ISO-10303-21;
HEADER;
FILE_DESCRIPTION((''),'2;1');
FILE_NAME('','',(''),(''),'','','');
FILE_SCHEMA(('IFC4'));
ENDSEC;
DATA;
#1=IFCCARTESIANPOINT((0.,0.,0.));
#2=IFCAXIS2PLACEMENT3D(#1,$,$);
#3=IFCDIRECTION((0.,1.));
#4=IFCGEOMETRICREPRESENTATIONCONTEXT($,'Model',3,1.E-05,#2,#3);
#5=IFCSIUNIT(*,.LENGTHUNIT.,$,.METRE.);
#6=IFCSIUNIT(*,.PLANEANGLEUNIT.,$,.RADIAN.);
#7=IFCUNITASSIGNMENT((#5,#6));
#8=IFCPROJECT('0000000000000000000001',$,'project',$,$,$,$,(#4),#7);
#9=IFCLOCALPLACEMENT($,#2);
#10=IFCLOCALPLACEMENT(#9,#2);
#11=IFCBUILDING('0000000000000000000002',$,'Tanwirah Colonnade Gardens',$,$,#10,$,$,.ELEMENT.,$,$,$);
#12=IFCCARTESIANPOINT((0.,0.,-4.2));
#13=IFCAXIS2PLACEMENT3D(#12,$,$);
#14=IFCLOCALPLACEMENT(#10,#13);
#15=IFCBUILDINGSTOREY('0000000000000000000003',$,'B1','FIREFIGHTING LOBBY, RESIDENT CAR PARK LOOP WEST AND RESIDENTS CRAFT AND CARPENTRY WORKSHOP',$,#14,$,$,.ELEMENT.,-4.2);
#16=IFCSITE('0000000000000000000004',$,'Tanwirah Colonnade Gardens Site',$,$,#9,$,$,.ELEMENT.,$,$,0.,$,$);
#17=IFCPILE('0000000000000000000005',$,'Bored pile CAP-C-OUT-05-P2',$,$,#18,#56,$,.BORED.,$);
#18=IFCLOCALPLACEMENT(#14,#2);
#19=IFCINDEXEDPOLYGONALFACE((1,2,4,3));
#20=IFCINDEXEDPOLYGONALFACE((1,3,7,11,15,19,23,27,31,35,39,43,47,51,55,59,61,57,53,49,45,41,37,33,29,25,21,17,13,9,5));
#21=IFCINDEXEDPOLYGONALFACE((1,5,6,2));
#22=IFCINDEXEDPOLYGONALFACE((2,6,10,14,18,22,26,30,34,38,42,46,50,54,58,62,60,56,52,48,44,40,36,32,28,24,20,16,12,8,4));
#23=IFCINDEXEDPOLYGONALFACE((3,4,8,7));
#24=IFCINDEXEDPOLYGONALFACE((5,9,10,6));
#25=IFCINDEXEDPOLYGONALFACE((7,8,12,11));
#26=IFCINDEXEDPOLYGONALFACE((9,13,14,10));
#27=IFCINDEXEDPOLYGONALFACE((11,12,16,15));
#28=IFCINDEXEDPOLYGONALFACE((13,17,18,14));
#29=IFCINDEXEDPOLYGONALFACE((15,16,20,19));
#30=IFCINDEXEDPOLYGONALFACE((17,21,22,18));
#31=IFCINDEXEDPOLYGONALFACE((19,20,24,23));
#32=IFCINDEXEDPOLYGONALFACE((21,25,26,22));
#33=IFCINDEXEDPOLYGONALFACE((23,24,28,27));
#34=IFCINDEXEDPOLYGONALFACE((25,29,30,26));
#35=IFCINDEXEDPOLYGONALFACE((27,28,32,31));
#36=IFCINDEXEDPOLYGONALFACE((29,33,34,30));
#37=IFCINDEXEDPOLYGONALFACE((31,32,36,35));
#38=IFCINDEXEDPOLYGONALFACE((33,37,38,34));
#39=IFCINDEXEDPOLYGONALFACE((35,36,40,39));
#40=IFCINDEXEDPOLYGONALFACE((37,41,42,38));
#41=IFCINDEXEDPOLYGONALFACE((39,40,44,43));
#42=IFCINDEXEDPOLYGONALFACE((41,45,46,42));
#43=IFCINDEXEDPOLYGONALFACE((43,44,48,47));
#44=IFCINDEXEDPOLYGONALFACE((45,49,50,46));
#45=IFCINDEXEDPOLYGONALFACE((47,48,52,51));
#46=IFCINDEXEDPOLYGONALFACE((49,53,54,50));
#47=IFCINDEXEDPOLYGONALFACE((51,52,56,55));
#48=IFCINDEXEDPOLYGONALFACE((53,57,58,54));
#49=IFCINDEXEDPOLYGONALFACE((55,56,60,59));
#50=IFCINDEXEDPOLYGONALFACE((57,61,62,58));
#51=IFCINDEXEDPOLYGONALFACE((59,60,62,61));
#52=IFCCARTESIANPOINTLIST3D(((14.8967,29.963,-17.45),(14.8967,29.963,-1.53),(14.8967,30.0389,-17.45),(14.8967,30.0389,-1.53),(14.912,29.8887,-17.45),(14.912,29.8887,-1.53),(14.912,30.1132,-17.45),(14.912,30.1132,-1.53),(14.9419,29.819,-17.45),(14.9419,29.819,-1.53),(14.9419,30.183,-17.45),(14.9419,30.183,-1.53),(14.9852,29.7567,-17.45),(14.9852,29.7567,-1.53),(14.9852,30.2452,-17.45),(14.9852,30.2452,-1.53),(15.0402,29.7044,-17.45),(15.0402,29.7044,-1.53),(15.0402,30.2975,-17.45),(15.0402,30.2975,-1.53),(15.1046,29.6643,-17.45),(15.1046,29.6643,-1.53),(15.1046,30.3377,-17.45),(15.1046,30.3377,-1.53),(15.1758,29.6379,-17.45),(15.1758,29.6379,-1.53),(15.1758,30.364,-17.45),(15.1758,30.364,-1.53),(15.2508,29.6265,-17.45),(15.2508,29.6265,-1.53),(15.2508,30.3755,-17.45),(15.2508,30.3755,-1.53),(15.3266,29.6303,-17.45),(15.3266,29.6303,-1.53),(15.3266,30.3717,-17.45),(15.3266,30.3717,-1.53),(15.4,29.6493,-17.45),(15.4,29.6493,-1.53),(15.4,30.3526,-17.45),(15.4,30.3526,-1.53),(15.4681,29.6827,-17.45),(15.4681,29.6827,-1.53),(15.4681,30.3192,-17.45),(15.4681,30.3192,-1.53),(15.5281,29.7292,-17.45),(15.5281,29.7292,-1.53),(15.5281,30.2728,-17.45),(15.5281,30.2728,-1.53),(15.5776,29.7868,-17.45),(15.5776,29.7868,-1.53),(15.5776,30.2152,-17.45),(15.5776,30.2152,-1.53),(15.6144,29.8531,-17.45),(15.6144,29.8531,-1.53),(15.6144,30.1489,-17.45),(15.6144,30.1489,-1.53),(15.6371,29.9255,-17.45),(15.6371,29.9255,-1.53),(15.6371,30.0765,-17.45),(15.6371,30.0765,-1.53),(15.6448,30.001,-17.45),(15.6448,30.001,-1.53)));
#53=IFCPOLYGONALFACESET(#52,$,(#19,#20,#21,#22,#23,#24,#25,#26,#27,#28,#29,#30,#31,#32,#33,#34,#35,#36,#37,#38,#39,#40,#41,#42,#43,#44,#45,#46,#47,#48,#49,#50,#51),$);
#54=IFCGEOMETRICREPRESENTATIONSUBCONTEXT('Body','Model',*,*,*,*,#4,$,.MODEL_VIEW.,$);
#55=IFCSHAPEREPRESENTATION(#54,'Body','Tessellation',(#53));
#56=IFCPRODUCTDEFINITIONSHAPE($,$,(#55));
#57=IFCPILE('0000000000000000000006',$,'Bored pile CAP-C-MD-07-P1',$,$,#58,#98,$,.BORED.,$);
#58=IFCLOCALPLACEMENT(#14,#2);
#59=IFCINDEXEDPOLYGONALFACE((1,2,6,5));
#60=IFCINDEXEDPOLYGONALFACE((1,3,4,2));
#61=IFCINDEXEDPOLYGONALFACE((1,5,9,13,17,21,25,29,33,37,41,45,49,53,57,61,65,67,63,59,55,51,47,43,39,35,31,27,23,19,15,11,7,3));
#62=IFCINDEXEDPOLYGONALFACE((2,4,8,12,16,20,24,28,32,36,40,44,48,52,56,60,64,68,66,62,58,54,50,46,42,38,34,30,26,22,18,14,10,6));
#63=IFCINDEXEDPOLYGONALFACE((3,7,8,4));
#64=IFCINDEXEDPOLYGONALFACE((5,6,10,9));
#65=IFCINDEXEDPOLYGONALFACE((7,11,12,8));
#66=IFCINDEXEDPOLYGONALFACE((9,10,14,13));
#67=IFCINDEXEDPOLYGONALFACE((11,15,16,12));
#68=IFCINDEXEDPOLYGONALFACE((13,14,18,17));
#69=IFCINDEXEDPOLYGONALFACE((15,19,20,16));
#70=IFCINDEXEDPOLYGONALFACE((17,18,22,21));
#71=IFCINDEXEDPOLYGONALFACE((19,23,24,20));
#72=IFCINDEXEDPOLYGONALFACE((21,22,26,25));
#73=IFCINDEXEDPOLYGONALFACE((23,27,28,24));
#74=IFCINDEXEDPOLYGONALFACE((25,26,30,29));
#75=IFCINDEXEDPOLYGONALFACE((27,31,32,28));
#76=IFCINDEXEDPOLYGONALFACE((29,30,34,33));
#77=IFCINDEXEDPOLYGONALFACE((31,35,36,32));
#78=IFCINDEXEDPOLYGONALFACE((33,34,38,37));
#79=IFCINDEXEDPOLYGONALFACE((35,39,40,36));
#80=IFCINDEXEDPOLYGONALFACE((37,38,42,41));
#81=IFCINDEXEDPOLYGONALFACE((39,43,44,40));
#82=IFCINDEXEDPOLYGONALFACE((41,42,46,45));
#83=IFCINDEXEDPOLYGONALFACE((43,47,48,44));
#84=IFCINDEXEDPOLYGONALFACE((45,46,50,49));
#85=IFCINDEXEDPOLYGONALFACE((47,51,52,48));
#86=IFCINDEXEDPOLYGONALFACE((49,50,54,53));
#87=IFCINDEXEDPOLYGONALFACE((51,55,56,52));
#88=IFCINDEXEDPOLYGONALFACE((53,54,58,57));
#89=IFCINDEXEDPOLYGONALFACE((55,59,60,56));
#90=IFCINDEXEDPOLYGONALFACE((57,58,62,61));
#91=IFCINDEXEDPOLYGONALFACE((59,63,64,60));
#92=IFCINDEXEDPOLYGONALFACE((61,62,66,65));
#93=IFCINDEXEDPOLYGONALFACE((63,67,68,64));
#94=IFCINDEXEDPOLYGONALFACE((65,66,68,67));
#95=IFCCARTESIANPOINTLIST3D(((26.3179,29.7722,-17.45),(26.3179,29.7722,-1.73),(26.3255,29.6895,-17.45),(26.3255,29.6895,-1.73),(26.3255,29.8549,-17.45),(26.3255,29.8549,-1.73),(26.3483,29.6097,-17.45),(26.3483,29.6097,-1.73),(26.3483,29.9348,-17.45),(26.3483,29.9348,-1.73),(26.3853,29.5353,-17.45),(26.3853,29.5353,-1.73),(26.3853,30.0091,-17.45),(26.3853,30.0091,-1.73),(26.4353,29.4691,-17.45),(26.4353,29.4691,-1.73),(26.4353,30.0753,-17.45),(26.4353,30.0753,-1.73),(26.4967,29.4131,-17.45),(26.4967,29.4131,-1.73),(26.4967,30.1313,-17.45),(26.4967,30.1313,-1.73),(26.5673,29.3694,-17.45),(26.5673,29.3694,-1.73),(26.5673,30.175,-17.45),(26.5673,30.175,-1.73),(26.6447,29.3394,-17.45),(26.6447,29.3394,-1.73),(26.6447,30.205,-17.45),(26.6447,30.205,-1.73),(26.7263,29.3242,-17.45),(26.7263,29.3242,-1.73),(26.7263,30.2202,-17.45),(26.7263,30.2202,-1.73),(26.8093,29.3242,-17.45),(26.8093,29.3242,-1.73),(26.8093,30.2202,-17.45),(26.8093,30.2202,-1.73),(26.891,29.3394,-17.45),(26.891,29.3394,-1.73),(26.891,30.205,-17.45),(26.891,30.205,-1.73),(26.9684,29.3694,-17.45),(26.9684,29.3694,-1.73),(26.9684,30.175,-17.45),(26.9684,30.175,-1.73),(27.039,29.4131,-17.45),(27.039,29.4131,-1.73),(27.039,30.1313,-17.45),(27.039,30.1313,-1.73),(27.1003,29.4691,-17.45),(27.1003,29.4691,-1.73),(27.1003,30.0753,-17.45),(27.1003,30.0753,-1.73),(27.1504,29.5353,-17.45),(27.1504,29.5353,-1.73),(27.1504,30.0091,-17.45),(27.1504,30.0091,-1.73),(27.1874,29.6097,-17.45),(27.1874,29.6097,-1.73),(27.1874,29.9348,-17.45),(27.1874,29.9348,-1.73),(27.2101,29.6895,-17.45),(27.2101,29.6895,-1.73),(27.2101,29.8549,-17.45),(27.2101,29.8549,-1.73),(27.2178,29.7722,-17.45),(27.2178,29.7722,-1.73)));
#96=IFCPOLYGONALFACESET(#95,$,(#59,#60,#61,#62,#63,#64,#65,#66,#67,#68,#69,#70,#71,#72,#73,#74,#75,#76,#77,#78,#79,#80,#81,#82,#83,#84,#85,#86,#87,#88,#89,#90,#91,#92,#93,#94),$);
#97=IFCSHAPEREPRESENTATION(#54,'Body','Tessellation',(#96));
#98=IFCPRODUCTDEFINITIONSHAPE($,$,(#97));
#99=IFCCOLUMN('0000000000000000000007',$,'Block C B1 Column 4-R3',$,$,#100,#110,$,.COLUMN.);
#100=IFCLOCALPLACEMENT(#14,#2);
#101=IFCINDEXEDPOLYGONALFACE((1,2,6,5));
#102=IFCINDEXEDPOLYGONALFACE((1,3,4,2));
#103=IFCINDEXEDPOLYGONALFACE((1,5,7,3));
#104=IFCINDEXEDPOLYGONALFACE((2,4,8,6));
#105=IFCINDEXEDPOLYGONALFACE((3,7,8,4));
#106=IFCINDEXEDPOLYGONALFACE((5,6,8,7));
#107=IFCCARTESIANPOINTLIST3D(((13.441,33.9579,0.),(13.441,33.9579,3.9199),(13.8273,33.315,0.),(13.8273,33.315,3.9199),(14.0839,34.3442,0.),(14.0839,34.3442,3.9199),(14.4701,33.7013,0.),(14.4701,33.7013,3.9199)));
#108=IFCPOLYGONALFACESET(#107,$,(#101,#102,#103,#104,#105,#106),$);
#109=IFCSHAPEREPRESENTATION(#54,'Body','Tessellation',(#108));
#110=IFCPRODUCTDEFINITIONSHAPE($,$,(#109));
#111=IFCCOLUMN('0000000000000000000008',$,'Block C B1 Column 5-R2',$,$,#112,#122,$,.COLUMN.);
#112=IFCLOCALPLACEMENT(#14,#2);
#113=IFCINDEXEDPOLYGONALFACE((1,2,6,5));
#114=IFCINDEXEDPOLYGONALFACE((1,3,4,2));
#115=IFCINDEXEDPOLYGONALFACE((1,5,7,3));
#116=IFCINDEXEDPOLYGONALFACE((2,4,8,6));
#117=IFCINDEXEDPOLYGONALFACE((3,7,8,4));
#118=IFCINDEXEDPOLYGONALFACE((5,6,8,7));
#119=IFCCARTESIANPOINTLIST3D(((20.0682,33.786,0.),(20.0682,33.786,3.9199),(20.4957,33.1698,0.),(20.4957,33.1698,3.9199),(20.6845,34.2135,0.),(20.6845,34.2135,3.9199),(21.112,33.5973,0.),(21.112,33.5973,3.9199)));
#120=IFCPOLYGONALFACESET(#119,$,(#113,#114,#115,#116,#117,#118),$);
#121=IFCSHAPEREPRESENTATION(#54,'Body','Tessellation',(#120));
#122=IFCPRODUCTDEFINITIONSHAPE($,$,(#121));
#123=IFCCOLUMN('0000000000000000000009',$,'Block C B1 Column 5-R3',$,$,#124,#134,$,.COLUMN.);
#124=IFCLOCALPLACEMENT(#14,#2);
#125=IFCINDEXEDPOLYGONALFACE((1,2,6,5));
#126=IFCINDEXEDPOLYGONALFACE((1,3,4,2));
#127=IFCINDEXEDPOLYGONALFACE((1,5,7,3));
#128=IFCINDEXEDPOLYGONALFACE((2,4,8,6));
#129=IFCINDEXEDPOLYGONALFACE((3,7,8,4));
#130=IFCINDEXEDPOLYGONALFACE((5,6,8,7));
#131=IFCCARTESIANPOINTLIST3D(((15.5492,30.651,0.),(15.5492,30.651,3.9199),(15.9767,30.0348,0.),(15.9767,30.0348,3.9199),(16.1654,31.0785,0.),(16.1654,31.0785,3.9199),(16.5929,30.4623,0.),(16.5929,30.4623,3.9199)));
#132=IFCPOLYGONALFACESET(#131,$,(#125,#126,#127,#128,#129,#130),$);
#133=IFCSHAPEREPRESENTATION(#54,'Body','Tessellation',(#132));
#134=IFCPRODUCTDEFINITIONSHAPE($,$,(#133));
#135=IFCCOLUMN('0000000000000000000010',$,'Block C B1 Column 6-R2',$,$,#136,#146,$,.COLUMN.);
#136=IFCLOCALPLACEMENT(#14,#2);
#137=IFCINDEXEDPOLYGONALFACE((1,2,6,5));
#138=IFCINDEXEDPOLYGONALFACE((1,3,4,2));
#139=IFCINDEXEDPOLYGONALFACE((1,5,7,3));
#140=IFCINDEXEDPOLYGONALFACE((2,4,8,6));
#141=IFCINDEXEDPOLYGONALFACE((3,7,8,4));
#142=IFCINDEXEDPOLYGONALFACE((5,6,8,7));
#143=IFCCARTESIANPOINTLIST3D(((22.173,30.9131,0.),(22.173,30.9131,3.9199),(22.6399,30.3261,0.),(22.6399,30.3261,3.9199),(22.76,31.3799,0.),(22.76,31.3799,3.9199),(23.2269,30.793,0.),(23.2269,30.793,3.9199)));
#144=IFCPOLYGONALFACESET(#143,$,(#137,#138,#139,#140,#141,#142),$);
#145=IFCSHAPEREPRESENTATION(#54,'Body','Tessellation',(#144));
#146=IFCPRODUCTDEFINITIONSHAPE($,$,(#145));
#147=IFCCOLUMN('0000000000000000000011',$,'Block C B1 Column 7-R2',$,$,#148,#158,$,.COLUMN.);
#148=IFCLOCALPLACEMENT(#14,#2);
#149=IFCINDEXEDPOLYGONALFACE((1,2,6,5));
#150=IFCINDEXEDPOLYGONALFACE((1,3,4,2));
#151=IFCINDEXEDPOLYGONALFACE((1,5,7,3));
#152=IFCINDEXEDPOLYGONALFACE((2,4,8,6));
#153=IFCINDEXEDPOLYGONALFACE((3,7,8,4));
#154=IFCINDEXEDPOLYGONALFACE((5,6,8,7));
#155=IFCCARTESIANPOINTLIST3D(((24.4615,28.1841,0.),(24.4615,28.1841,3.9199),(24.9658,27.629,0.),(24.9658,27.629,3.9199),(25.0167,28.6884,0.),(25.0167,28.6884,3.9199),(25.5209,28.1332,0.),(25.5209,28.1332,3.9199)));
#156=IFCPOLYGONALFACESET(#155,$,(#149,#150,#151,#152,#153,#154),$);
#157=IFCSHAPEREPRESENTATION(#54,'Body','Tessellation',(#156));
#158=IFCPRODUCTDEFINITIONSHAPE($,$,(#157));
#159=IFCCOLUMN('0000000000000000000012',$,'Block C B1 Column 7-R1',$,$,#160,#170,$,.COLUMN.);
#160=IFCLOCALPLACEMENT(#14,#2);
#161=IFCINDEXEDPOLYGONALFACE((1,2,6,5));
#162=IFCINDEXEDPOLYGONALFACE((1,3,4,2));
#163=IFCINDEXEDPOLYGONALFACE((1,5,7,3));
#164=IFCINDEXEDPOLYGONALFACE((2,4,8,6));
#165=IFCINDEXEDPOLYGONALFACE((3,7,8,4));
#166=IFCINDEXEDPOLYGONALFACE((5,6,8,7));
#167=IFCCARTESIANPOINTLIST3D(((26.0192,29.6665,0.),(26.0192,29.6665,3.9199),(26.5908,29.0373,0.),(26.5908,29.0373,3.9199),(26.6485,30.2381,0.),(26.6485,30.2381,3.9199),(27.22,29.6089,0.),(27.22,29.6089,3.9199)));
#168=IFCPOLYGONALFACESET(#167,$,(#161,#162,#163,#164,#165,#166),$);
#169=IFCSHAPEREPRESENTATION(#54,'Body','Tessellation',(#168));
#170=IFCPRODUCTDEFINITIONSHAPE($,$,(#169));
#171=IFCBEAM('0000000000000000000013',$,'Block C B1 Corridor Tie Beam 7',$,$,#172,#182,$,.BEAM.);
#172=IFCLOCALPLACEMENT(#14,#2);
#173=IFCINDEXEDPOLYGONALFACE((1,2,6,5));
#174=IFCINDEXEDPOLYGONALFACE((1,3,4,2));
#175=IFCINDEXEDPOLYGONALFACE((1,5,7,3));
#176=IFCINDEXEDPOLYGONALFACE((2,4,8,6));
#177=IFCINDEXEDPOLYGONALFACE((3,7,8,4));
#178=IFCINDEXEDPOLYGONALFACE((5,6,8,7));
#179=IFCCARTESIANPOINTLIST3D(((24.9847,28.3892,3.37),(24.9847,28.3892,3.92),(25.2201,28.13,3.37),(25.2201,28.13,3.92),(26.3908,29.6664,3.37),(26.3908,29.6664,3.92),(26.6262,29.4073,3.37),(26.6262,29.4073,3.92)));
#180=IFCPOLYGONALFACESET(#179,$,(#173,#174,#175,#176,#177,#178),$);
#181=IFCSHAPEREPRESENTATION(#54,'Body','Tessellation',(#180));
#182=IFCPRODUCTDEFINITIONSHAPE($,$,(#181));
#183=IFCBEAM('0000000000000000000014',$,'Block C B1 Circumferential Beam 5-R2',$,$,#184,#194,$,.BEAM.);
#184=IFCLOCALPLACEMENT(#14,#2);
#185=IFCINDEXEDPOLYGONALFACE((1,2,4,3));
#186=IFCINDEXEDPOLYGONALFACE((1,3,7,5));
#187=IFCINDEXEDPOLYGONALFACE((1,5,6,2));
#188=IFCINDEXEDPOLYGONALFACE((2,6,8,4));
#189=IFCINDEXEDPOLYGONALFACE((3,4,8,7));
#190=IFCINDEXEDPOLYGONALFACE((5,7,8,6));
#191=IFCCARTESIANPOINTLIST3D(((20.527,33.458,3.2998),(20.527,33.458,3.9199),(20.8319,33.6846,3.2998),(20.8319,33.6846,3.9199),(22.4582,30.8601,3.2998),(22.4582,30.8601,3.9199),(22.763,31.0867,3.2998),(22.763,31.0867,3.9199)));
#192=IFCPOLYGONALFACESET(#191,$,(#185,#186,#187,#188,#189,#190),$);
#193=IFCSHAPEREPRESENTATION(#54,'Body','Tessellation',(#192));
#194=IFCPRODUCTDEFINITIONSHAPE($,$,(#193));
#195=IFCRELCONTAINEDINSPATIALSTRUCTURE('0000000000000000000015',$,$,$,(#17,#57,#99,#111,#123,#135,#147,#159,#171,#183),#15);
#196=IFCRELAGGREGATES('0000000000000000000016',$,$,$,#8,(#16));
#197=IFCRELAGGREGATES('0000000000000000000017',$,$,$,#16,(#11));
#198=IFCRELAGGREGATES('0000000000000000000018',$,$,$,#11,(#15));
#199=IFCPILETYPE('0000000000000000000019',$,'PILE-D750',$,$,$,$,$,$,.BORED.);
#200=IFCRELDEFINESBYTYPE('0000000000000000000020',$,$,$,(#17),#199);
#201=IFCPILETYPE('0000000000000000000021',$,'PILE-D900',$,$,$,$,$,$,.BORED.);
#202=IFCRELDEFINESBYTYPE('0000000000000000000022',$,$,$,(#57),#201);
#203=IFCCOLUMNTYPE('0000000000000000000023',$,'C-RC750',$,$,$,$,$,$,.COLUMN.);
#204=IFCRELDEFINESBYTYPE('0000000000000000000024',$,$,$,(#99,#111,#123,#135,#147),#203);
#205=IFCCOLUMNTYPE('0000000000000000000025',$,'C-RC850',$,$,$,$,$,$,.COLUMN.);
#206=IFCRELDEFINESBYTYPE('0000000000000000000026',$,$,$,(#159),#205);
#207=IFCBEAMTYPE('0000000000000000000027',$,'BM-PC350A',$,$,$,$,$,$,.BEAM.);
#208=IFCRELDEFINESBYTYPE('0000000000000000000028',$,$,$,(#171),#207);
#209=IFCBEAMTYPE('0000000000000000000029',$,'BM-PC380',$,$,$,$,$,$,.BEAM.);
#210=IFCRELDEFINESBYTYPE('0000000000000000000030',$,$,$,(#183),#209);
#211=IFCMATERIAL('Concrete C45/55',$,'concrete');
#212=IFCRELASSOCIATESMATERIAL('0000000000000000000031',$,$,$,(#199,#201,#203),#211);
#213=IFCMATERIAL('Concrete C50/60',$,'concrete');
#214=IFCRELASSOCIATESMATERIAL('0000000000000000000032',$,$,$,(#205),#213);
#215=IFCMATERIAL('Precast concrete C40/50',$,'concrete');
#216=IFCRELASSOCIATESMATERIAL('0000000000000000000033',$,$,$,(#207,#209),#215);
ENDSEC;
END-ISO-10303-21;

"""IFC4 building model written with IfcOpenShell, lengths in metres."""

from ifc_helpers import new_model, si_unit, direction, frame, origin, origin_2d, place, context, subcontext, project, spatial, rectangle, circle, extrude, material, material_profile, profile_set, type_object, element, save


model = new_model("IFC4")

# Units and contexts
model_context = context("Model", 3, precision=1e-05, world=origin(), true_north=direction((0.0, 1.0)))
body_context = subcontext(model_context, "Body", "Model", "MODEL_VIEW")
ifc_project = project(units=[si_unit("LENGTHUNIT", "METRE"), si_unit("PLANEANGLEUNIT", "RADIAN")], contexts=[model_context])

# Site, building, storey
site_placement = place(None, origin())
site = spatial("IfcSite", under=ifc_project, at=site_placement, Name="Tanwirah Colonnade Gardens Site", CompositionType="ELEMENT", RefElevation=0.0)
building_placement = place(site_placement, origin())
building = spatial("IfcBuilding", under=site, at=building_placement, Name="Tanwirah Colonnade Gardens", CompositionType="ELEMENT")
storey_placement = place(building_placement, frame((0.0, 0.0, -4.2)))
storey = spatial("IfcBuildingStorey", under=building, at=storey_placement, Name="B1", Description="FIREFIGHTING LOBBY, RESIDENT CAR PARK LOOP WEST AND RESIDENTS CRAFT AND CARPENTRY WORKSHOP", CompositionType="ELEMENT", Elevation=-4.2)

# Shared definitions
ifc_material_1 = material(Name="Concrete C45/55", Category="concrete")

# Piles
ifc_material_profile_1 = material_profile(ifc_material_1, circle(Radius=0.375, at=origin_2d()), Name="PILE D750")
ifc_profile_set_1 = profile_set([ifc_material_profile_1], Name="Concrete C45/55")
pile_type_1 = type_object("IfcPileType", Name="PILE-D750", PredefinedType="BORED", material=ifc_profile_set_1)
for number, where, z_axis, x_axis, name in (
    (1, (15.2698, 30.001, -1.53), (0.0, 0.0, -1.0), (1.0, 0.0, 0.0), "Bored pile CAP-C-OUT-05-P2"),
):
    element("IfcPile", number, at=place(storey_placement, frame(where, z_axis=z_axis, x_axis=x_axis)), inside=storey, type_object=pile_type_1, Name=name, PredefinedType="BORED", context=body_context, shape_type="SweptSolid", body=[
        extrude(circle(Radius=0.375, at=origin_2d()), origin(), (0.0, 0.0, 1.0), 15.9199),
    ])
ifc_material_profile_2 = material_profile(ifc_material_1, circle(Radius=0.45, at=origin_2d()), Name="PILE D900")
ifc_profile_set_2 = profile_set([ifc_material_profile_2], Name="Concrete C45/55")
pile_type_2 = type_object("IfcPileType", Name="PILE-D900", PredefinedType="BORED", material=ifc_profile_set_2)
pile_1_placement = place(storey_placement, frame((26.7678, 29.7722, -1.73), z_axis=(0.0, 0.0, -1.0), x_axis=(1.0, 0.0, 0.0)))
element("IfcPile", 2, at=pile_1_placement, inside=storey, type_object=pile_type_2, Name="Bored pile CAP-C-MD-07-P1", PredefinedType="BORED", context=body_context, shape_type="SweptSolid", body=[
    extrude(circle(Radius=0.45, at=origin_2d()), origin(), (0.0, 0.0, 1.0), 15.72),
])

# Columns
ifc_material_profile_3 = material_profile(ifc_material_1, rectangle(XDim=0.75, YDim=0.75, at=origin_2d()), Name="RC-COL 750x750")
ifc_profile_set_3 = profile_set([ifc_material_profile_3], Name="Concrete C45/55")
column_type_1 = type_object("IfcColumnType", Name="C-RC750", PredefinedType="COLUMN", material=ifc_profile_set_3)
for number, where, z_axis, x_axis, name in (
    (3, (13.9556, 33.8296, 0.0), (0.0, 0.0, 1.0), (-0.857167, -0.515038, 0.0), "Block C B1 Column 4-R3"),
    (4, (20.5901, 33.6917, 0.0), (0.0, 0.0, 1.0), (-0.821647, -0.569997, 0.0), "Block C B1 Column 5-R2"),
    (5, (16.071, 30.5566, 0.0), (0.0, 0.0, 1.0), (-0.821647, -0.569997, 0.0), "Block C B1 Column 5-R3"),
    (6, (22.7, 30.853, 0.0), (0.0, 0.0, 1.0), (-0.782608, -0.622515, 0.0), "Block C B1 Column 6-R2"),
    (7, (24.9912, 28.1587, 0.0), (0.0, 0.0, 1.0), (-0.740218, -0.672367, 0.0), "Block C B1 Column 7-R2"),
):
    element("IfcColumn", number, at=place(storey_placement, frame(where, z_axis=z_axis, x_axis=x_axis)), inside=storey, type_object=column_type_1, Name=name, PredefinedType="COLUMN", context=body_context, shape_type="SweptSolid", body=[
        extrude(rectangle(XDim=0.75, YDim=0.75, at=origin_2d()), origin(), (0.0, 0.0, 1.0), 3.9199),
    ])
ifc_material_2 = material(Name="Concrete C50/60", Category="concrete")
ifc_material_profile_4 = material_profile(ifc_material_2, rectangle(XDim=0.8501, YDim=0.8501, at=origin_2d()), Name="RC-COL 850x850")
ifc_profile_set_4 = profile_set([ifc_material_profile_4], Name="Concrete C50/60")
column_type_2 = type_object("IfcColumnType", Name="C-RC850", PredefinedType="COLUMN", material=ifc_profile_set_4)
column_placement = place(storey_placement, frame((26.6196, 29.6377, 0.0), z_axis=(0.0, 0.0, 1.0), x_axis=(-0.740218, -0.672367, 0.0)))
element("IfcColumn", 8, at=column_placement, inside=storey, type_object=column_type_2, Name="Block C B1 Column 7-R1", PredefinedType="COLUMN", context=body_context, shape_type="SweptSolid", body=[
    extrude(rectangle(XDim=0.8501, YDim=0.8501, at=origin_2d()), origin(), (0.0, 0.0, 1.0), 3.9199),
])

# Beams
ifc_material_3 = material(Name="Precast concrete C40/50", Category="concrete")
ifc_material_profile_5 = material_profile(ifc_material_3, rectangle(XDim=0.3501, YDim=0.55, at=origin_2d()), Name="PC-BM 350x550")
ifc_profile_set_5 = profile_set([ifc_material_profile_5], Name="Precast concrete C40/50")
beam_type_1 = type_object("IfcBeamType", Name="BM-PC350A", PredefinedType="BEAM", material=ifc_profile_set_5)
beam_1_placement = place(storey_placement, frame((26.5085, 29.5369, 3.645), z_axis=(-0.740219, -0.672366, 0.0), x_axis=(0.672366, -0.740219, 0.0)))
element("IfcBeam", 9, at=beam_1_placement, inside=storey, type_object=beam_type_1, Name="Block C B1 Corridor Tie Beam 7", PredefinedType="BEAM", context=body_context, shape_type="SweptSolid", body=[
    extrude(rectangle(XDim=0.3501, YDim=0.55, at=origin_2d()), origin(), (0.0, 0.0, 1.0), 1.8997),
])
ifc_material_profile_6 = material_profile(ifc_material_3, rectangle(XDim=0.3799, YDim=0.6201, at=origin_2d()), Name="PC-BM 380x620")
ifc_profile_set_6 = profile_set([ifc_material_profile_6], Name="Precast concrete C40/50")
beam_type_2 = type_object("IfcBeamType", Name="BM-PC380", PredefinedType="BEAM", material=ifc_profile_set_6)
beam_2_placement = place(storey_placement, frame((20.6794, 33.5713, 3.6099), z_axis=(0.596579, -0.802554, 0.0), x_axis=(0.802554, 0.596579, 0.0)))
element("IfcBeam", 10, at=beam_2_placement, inside=storey, type_object=beam_type_2, Name="Block C B1 Circumferential Beam 5-R2", PredefinedType="BEAM", context=body_context, shape_type="SweptSolid", body=[
    extrude(rectangle(XDim=0.3799, YDim=0.6201, at=origin_2d()), origin(), (0.0, 0.0, 1.0), 3.2371),
])

save(model, "model.ifc")
